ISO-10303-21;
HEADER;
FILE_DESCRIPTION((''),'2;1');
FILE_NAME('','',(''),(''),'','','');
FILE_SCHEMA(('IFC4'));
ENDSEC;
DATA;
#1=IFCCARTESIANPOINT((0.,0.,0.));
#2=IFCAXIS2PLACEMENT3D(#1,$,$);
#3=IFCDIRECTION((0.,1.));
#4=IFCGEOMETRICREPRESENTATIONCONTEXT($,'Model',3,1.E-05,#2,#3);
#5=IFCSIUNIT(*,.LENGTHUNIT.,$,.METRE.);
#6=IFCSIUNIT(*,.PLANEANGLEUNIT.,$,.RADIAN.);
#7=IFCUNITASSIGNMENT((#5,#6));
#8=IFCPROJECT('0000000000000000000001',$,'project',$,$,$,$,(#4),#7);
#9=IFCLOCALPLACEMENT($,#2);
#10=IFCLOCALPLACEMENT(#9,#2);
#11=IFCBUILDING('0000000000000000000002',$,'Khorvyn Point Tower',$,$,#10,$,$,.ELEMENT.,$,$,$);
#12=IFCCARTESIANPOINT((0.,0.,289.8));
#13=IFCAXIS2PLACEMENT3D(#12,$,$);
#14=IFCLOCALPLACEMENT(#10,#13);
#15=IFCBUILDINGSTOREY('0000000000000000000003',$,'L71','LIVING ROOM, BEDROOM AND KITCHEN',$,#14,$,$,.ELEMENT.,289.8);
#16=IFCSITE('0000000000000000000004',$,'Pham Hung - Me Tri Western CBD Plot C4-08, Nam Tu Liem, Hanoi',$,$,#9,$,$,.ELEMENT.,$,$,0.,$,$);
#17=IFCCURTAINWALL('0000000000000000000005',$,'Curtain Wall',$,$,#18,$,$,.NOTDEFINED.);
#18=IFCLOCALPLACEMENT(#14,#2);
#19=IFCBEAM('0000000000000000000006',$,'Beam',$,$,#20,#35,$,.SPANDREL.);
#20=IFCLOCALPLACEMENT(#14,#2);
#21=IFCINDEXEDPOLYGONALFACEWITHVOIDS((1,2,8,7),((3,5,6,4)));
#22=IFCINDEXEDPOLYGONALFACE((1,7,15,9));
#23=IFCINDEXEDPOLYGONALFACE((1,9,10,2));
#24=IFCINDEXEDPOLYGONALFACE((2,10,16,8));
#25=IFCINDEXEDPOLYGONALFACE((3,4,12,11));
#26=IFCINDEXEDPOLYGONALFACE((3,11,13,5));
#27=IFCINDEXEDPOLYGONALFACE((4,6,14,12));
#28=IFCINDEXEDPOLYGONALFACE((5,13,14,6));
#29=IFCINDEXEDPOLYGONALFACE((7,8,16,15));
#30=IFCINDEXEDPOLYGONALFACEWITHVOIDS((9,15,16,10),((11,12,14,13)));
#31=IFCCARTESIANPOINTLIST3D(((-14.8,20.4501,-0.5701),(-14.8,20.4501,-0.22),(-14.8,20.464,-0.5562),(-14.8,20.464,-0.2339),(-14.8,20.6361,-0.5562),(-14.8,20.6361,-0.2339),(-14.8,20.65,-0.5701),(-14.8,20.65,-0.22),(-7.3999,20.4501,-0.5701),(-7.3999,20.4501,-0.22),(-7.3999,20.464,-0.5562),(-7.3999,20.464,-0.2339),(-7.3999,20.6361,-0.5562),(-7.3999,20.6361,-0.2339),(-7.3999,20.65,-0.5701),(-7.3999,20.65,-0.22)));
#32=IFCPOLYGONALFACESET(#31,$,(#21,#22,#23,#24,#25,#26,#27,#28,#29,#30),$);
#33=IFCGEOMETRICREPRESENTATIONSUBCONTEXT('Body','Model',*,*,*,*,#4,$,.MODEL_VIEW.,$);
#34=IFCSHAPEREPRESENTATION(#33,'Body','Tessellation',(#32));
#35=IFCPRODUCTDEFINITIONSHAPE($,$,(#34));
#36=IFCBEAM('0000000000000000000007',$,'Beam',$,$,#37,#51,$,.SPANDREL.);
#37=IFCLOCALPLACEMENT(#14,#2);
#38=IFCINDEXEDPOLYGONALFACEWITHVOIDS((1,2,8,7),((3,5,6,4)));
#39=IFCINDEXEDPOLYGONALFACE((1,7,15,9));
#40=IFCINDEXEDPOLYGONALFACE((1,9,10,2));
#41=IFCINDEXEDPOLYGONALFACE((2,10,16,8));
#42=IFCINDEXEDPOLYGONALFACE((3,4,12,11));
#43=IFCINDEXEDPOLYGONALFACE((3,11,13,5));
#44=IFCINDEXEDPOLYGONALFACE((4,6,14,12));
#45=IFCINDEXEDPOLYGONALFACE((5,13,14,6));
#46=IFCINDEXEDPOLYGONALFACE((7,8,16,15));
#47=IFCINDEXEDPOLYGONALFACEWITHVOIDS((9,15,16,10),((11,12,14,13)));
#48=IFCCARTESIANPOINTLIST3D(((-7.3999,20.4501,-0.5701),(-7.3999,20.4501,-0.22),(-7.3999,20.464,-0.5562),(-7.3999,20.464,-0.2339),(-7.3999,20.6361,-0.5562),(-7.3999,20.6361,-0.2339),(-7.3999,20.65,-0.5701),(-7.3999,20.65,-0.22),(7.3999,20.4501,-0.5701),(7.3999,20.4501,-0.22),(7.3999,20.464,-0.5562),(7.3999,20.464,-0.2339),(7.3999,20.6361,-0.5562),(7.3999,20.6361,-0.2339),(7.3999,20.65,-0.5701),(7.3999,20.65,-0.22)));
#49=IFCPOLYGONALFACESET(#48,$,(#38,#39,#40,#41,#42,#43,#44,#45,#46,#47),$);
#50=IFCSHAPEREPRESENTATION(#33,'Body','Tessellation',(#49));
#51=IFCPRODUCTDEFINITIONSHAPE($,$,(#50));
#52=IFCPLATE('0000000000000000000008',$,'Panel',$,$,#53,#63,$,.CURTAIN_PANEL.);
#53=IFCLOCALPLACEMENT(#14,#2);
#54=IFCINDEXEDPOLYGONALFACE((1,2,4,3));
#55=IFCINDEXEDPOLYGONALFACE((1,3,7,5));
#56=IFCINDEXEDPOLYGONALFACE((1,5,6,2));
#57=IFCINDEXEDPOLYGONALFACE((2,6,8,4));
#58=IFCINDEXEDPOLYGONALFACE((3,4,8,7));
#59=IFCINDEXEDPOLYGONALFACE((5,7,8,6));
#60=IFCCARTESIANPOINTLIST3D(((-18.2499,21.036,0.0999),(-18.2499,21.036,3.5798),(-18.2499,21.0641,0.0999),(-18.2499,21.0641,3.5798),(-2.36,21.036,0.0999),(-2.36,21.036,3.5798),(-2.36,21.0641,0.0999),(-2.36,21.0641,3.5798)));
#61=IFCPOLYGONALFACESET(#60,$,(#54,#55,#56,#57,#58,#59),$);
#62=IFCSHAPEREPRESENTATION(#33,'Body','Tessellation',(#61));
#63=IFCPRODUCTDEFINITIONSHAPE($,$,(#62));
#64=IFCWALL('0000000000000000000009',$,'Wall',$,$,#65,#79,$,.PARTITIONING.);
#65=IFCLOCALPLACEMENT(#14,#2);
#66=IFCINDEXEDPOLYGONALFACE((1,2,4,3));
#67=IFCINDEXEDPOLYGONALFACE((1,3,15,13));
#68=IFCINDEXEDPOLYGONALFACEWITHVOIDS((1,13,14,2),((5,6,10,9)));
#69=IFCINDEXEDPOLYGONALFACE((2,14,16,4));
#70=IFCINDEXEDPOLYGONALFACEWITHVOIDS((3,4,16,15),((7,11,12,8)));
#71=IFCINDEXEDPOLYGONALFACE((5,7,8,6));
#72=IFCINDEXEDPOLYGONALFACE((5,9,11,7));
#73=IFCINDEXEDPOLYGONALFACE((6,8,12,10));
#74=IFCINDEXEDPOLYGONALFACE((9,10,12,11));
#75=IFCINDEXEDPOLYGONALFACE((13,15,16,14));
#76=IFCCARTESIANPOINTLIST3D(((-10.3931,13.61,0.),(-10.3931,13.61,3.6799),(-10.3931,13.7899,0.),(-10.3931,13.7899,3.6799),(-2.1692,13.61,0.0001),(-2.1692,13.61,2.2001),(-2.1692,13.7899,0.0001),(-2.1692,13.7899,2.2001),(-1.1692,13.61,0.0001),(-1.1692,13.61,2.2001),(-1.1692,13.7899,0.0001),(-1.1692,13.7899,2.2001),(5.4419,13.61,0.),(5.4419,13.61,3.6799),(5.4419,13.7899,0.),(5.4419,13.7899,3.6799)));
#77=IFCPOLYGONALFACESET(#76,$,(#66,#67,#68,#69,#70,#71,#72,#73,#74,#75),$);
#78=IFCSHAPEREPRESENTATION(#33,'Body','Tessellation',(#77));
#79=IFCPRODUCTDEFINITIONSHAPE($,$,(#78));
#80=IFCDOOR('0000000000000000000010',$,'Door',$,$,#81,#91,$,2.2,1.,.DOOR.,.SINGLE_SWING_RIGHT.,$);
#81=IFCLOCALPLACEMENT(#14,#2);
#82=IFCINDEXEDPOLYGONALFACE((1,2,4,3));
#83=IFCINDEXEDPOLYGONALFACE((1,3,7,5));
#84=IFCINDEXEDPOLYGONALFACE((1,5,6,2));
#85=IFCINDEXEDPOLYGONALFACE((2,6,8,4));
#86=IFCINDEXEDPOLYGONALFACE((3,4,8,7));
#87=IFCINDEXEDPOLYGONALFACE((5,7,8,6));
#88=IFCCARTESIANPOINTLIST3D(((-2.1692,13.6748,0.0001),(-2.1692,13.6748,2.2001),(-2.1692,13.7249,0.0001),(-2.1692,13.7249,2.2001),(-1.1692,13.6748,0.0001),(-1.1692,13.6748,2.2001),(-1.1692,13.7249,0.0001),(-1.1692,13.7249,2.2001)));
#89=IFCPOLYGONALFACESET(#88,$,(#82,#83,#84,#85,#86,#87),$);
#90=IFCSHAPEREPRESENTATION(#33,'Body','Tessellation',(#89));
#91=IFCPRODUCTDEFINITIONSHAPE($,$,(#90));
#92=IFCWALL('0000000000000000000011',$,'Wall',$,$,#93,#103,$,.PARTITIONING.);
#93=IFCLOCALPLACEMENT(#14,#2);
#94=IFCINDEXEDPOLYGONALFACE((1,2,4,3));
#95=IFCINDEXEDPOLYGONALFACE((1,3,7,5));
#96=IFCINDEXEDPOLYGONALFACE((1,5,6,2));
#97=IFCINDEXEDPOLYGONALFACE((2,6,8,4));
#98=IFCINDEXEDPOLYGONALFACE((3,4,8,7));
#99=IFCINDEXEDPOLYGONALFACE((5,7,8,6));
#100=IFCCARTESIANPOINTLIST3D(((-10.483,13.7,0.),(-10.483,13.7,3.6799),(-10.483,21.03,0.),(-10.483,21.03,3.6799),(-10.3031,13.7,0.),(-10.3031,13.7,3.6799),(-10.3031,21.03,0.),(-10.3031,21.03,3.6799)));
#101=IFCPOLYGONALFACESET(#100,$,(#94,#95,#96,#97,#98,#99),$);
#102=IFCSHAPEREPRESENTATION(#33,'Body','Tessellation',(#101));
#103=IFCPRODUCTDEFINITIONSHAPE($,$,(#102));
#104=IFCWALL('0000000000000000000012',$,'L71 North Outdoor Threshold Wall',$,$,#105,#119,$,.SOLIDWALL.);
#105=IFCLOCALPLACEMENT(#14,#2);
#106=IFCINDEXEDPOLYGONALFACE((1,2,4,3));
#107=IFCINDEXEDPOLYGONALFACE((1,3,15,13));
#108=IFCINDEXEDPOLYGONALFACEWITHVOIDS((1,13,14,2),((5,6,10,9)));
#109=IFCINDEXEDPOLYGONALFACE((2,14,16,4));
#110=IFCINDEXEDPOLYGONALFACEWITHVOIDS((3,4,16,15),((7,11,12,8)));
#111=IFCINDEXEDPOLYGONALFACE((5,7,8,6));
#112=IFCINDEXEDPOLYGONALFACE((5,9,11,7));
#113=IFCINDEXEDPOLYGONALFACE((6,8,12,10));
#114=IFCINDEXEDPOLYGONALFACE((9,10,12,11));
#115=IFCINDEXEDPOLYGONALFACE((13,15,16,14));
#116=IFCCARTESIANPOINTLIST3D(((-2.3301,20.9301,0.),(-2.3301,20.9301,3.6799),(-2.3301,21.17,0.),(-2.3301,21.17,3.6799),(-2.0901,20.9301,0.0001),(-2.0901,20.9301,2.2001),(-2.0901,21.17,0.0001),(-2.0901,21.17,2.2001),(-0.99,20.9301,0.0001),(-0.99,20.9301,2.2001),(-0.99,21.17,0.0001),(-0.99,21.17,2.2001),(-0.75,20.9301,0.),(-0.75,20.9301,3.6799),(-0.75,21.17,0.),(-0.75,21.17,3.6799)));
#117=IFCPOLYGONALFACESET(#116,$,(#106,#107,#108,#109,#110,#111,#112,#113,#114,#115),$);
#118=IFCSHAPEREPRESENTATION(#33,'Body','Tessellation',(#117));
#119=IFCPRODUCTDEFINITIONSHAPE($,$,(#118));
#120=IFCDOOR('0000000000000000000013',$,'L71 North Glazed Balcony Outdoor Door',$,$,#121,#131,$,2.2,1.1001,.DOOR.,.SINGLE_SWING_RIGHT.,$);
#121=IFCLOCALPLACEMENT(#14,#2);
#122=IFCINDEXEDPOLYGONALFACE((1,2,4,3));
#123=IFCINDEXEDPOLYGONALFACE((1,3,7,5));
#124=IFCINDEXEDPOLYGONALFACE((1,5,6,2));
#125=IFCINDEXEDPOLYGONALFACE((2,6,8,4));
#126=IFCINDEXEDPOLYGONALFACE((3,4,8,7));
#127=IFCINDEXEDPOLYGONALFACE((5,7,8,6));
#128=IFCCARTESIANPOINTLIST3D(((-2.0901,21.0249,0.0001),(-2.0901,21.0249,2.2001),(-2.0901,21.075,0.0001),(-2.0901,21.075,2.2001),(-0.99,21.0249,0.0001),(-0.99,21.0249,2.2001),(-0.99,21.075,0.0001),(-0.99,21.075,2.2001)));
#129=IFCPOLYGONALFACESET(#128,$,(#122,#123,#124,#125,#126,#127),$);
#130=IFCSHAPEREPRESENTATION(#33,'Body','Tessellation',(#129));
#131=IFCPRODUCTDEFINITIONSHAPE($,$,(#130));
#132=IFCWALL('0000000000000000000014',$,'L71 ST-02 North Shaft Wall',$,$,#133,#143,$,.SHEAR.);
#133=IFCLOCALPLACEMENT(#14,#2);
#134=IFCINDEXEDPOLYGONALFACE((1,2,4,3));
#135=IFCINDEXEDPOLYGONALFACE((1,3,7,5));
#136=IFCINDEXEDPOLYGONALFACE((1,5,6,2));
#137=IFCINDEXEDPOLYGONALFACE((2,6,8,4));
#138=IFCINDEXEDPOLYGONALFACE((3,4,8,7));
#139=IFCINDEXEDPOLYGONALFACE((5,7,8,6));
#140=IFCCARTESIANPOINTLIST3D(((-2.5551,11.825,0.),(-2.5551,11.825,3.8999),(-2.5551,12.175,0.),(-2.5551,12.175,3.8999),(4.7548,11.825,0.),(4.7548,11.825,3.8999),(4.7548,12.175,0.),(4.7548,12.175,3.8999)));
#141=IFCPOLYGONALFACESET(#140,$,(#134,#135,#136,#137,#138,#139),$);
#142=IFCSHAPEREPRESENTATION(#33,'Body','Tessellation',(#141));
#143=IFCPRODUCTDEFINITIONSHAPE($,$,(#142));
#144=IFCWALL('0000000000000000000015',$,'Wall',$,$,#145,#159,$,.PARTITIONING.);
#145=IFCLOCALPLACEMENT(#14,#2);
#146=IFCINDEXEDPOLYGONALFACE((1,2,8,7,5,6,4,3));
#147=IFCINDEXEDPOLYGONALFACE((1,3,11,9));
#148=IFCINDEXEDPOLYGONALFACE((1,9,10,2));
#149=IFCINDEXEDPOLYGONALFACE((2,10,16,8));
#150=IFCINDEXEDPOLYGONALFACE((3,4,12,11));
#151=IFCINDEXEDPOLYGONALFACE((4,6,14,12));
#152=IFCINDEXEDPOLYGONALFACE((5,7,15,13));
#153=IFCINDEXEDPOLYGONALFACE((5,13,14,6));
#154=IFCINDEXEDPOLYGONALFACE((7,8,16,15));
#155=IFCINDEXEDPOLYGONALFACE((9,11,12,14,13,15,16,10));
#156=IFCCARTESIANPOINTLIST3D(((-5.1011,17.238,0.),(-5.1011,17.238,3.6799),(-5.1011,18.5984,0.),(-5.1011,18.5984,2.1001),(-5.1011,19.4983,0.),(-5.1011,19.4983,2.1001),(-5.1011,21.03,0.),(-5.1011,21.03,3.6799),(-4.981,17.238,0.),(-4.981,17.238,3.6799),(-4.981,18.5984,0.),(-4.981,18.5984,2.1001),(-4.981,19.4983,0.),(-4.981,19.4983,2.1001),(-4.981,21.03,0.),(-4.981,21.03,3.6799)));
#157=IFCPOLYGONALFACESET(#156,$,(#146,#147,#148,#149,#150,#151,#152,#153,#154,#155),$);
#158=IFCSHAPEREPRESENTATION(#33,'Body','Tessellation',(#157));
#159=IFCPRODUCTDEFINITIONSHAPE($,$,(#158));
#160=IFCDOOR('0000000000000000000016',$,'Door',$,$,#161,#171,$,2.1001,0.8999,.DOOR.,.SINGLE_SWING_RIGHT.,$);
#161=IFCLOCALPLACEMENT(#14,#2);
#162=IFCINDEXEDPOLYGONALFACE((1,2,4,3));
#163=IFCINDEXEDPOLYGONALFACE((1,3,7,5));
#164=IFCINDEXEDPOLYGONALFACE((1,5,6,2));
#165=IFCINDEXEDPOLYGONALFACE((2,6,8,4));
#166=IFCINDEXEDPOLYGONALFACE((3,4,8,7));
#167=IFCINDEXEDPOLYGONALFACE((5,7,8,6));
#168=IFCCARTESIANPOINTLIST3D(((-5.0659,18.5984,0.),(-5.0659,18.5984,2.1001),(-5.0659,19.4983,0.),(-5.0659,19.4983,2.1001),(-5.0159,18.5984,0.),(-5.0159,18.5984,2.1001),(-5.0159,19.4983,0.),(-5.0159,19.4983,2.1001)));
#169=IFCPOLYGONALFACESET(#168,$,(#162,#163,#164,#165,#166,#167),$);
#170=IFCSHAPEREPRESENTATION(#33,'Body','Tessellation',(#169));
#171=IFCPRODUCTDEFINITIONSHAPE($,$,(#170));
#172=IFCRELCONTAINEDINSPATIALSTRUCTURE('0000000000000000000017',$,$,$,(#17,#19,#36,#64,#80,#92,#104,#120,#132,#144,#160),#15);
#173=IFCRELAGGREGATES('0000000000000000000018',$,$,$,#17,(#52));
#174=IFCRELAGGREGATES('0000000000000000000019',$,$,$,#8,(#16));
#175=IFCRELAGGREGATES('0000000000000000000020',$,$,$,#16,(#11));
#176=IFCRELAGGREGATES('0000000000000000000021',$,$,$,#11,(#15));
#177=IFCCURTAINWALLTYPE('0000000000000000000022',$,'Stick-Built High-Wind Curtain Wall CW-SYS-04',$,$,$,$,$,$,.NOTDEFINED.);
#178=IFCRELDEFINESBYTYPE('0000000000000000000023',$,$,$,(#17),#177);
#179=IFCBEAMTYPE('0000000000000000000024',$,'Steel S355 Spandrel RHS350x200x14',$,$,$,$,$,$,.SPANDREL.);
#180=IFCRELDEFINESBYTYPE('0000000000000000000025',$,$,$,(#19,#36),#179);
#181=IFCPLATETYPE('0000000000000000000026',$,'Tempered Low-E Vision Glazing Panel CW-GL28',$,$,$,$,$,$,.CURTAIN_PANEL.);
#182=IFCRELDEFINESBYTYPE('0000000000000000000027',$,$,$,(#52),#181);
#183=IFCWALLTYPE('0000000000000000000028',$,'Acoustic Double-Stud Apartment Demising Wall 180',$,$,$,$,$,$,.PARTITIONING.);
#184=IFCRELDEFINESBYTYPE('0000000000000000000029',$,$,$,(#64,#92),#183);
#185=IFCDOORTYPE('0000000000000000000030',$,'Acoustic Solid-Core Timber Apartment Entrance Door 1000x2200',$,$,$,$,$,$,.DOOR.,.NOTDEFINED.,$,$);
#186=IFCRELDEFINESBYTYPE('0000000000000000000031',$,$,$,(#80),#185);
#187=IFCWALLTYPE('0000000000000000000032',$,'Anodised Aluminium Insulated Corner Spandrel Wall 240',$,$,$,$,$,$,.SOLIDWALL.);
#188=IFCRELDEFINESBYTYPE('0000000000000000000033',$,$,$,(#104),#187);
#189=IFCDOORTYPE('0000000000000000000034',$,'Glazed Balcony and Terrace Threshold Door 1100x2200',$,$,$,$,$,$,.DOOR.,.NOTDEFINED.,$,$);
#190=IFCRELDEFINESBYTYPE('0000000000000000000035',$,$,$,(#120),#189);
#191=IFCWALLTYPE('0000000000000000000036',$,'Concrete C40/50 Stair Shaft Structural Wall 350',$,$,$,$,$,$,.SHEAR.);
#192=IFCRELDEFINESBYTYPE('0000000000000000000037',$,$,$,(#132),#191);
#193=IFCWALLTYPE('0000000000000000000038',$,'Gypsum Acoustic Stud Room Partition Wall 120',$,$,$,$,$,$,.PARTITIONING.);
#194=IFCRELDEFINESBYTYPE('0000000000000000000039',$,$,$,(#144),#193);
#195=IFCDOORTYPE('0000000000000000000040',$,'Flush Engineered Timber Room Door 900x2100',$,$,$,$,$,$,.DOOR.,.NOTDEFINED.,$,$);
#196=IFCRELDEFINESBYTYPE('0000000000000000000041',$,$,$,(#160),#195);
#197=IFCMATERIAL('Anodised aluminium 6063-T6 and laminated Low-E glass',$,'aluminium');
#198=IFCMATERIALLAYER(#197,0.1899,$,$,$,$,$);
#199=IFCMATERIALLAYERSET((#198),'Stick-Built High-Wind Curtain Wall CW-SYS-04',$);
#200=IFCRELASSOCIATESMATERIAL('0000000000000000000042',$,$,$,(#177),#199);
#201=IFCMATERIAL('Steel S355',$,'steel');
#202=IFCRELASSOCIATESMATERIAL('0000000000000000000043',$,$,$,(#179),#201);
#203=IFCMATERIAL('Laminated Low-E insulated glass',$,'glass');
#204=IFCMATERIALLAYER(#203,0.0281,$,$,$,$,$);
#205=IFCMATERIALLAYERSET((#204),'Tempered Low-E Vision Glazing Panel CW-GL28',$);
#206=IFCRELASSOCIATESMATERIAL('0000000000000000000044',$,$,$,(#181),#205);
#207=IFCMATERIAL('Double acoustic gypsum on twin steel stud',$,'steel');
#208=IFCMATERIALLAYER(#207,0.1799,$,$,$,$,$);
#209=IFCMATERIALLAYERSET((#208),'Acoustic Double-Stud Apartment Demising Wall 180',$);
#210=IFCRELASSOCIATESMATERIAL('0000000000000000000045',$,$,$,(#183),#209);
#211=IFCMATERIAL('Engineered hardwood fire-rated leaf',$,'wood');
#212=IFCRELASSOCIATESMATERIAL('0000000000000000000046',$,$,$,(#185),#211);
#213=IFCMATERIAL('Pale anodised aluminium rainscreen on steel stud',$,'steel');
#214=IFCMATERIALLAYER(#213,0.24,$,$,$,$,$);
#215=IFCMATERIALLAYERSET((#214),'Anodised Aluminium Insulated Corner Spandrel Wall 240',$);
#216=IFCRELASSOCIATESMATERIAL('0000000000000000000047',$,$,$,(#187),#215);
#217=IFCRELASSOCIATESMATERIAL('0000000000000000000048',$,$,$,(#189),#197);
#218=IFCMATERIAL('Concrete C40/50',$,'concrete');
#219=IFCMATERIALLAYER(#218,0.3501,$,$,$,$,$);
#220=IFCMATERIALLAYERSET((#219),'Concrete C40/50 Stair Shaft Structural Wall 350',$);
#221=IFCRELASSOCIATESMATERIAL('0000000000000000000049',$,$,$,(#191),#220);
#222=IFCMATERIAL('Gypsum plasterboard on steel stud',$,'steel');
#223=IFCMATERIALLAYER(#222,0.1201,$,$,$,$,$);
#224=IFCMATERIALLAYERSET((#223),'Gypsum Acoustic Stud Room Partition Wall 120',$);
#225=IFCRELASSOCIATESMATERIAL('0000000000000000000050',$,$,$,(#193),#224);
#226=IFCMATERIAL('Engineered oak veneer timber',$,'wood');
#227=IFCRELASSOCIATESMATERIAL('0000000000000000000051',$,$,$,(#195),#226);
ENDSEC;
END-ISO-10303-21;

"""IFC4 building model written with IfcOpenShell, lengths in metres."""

from ifc_helpers import new_model, si_unit, direction, frame, frame_2d, origin, origin_2d, place, context, subcontext, project, spatial, rectangle, hollow_rectangle, extrude, material, layer, layer_set, material_profile, profile_set, type_object, element, fill, aggregate, save


model = new_model("IFC4")

# Units and contexts
model_context = context("Model", 3, precision=1e-05, world=origin(), true_north=direction((0.0, 1.0)))
body_context = subcontext(model_context, "Body", "Model", "MODEL_VIEW")
ifc_project = project(units=[si_unit("LENGTHUNIT", "METRE"), si_unit("PLANEANGLEUNIT", "RADIAN")], contexts=[model_context])

# Site, building, storey
site_placement = place(None, origin())
site = spatial("IfcSite", under=ifc_project, at=site_placement, Name="Pham Hung - Me Tri Western CBD Plot C4-08, Nam Tu Liem, Hanoi", CompositionType="ELEMENT", RefElevation=0.0)
building_placement = place(site_placement, origin())
building = spatial("IfcBuilding", under=site, at=building_placement, Name="Khorvyn Point Tower", CompositionType="ELEMENT")
storey_placement = place(building_placement, frame((0.0, 0.0, 289.8)))
storey = spatial("IfcBuildingStorey", under=building, at=storey_placement, Name="L71", Description="LIVING ROOM, BEDROOM AND KITCHEN", CompositionType="ELEMENT", Elevation=289.8)

# Shared definitions
ifc_material_1 = material(Name="Concrete C40/50", Category="concrete")
ifc_material_2 = material(Name="Steel S355", Category="steel")

# Curtain wall
ifc_material_3 = material(Name="Anodised aluminium 6063-T6 and laminated Low-E glass", Category="aluminium")
ifc_layer_1 = layer(ifc_material_3, 0.1899)
ifc_layer_set_1 = layer_set([ifc_layer_1], Name="Stick-Built High-Wind Curtain Wall CW-SYS-04")
curtain_wall_type = type_object("IfcCurtainWallType", Name="Stick-Built High-Wind Curtain Wall CW-SYS-04", PredefinedType="NOTDEFINED", material=ifc_layer_set_1)
curtain_wall_placement = place(storey_placement, origin())
curtain_wall = element("IfcCurtainWall", 1, at=curtain_wall_placement, inside=storey, type_object=curtain_wall_type, Name="Curtain Wall", PredefinedType="NOTDEFINED")

# Beams
ifc_material_profile_1 = material_profile(ifc_material_2, hollow_rectangle(XDim=0.2, YDim=0.3501, WallThickness=0.0139, at=origin_2d()))
ifc_profile_set_1 = profile_set([ifc_material_profile_1], Name="Steel S355 RHS350x200x14")
beam_type_1 = type_object("IfcBeamType", Name="Steel S355 Spandrel RHS350x200x14", PredefinedType="SPANDREL", material=ifc_profile_set_1)
beam_1_placement = place(storey_placement, frame((-14.8, 20.55, -0.395), z_axis=(1.0, 0.0, 0.0), x_axis=(0.0, 1.0, 0.0)))
element("IfcBeam", 2, at=beam_1_placement, inside=storey, type_object=beam_type_1, Name="Beam", PredefinedType="SPANDREL", context=body_context, shape_type="SweptSolid", body=[
    extrude(hollow_rectangle(XDim=0.2, YDim=0.3501, WallThickness=0.0139, at=origin_2d()), origin(), (0.0, 0.0, 1.0), 7.4001),
])
beam_2_placement = place(storey_placement, frame((-7.3999, 20.55, -0.395), z_axis=(1.0, 0.0, 0.0), x_axis=(0.0, 1.0, 0.0)))
element("IfcBeam", 3, at=beam_2_placement, inside=storey, type_object=beam_type_1, Name="Beam", PredefinedType="SPANDREL", context=body_context, shape_type="SweptSolid", body=[
    extrude(hollow_rectangle(XDim=0.2, YDim=0.3501, WallThickness=0.0139, at=origin_2d()), origin(), (0.0, 0.0, 1.0), 14.7998),
])

# Plate
ifc_material_4 = material(Name="Laminated Low-E insulated glass", Category="glass")
ifc_layer_2 = layer(ifc_material_4, 0.0281)
ifc_layer_set_2 = layer_set([ifc_layer_2], Name="Tempered Low-E Vision Glazing Panel CW-GL28")
plate_type = type_object("IfcPlateType", Name="Tempered Low-E Vision Glazing Panel CW-GL28", PredefinedType="CURTAIN_PANEL", material=ifc_layer_set_2)
plate_placement = place(storey_placement, frame((-10.3049, 21.05, 0.0999), z_axis=(0.0, 0.0, 1.0), x_axis=(1.0, 0.0, 0.0)))
plate = element("IfcPlate", 4, at=plate_placement, type_object=plate_type, Name="Panel", PredefinedType="CURTAIN_PANEL", context=body_context, shape_type="SweptSolid", body=[
    extrude(rectangle(XDim=15.8899, YDim=0.0281, at=origin_2d()), origin(), (0.0, 0.0, 1.0), 3.48),
])
aggregate(curtain_wall, [plate])

# Wall, opening, door
ifc_material_5 = material(Name="Double acoustic gypsum on twin steel stud", Category="steel")
ifc_layer_3 = layer(ifc_material_5, 0.1799)
ifc_layer_set_3 = layer_set([ifc_layer_3], Name="Acoustic Double-Stud Apartment Demising Wall 180")
wall_type_1 = type_object("IfcWallType", Name="Acoustic Double-Stud Apartment Demising Wall 180", PredefinedType="PARTITIONING", material=ifc_layer_set_3)
wall_1_placement = place(storey_placement, frame((-10.3931, 13.7, 0.0), z_axis=(0.0, 0.0, 1.0), x_axis=(1.0, 0.0, 0.0)))
wall_1 = element("IfcWall", 5, at=wall_1_placement, inside=storey, type_object=wall_type_1, Name="Wall", PredefinedType="PARTITIONING", context=body_context, shape_type="SweptSolid", body=[
    extrude(rectangle(XDim=15.835, YDim=0.1799, at=frame_2d((7.9175, 0.0))), origin(), (0.0, 0.0, 1.0), 3.6799),
])
opening_1_placement = place(wall_1_placement, frame((8.2239, 0.0, 0.0)))
opening_1 = element("IfcOpeningElement", 6, at=opening_1_placement, cuts=wall_1, PredefinedType="OPENING", context=body_context, shape_type="SweptSolid", body=[
    extrude(rectangle(XDim=1.0, YDim=2.2, at=frame_2d((0.5, 1.1001))), frame((0.0, 0.0999, 0.0), z_axis=(0.0, -1.0, 0.0), x_axis=(1.0, 0.0, 0.0)), (0.0, 0.0, 1.0), 0.2),
])
ifc_material_6 = material(Name="Engineered hardwood fire-rated leaf", Category="wood")
door_type_1 = type_object("IfcDoorType", Name="Acoustic Solid-Core Timber Apartment Entrance Door 1000x2200", OperationType="NOTDEFINED", PredefinedType="DOOR", material=ifc_material_6)
door_1_placement = place(opening_1_placement, origin())
door_1 = element("IfcDoor", 7, at=door_1_placement, inside=storey, type_object=door_type_1, Name="Door", OperationType="SINGLE_SWING_RIGHT", OverallHeight=2.2, OverallWidth=1.0, PredefinedType="DOOR", context=body_context, shape_type="SweptSolid", body=[
    extrude(rectangle(XDim=1.0, YDim=2.2, at=frame_2d((0.5, 1.1001))), frame((0.0, 0.0249, 0.0), z_axis=(0.0, -1.0, 0.0), x_axis=(1.0, 0.0, 0.0)), (0.0, 0.0, 1.0), 0.05),
])
fill(opening_1, door_1)

# Wall
wall_2_placement = place(storey_placement, frame((-10.3931, 13.7, 0.0), z_axis=(0.0, 0.0, 1.0), x_axis=(0.0, 1.0, 0.0)))
element("IfcWall", 8, at=wall_2_placement, inside=storey, type_object=wall_type_1, Name="Wall", PredefinedType="PARTITIONING", context=body_context, shape_type="SweptSolid", body=[
    extrude(rectangle(XDim=7.3301, YDim=0.1799, at=frame_2d((3.665, 0.0))), origin(), (0.0, 0.0, 1.0), 3.6799),
])

# Wall, opening, door
ifc_material_7 = material(Name="Pale anodised aluminium rainscreen on steel stud", Category="steel")
ifc_layer_4 = layer(ifc_material_7, 0.24)
ifc_layer_set_4 = layer_set([ifc_layer_4], Name="Anodised Aluminium Insulated Corner Spandrel Wall 240")
wall_type_2 = type_object("IfcWallType", Name="Anodised Aluminium Insulated Corner Spandrel Wall 240", PredefinedType="SOLIDWALL", material=ifc_layer_set_4)
wall_3_placement = place(storey_placement, frame((-2.3301, 21.05, 0.0), z_axis=(0.0, 0.0, 1.0), x_axis=(1.0, 0.0, 0.0)))
wall_3 = element("IfcWall", 9, at=wall_3_placement, inside=storey, type_object=wall_type_2, Name="L71 North Outdoor Threshold Wall", PredefinedType="SOLIDWALL", context=body_context, shape_type="SweptSolid", body=[
    extrude(rectangle(XDim=1.5801, YDim=0.24, at=frame_2d((0.79, 0.0))), origin(), (0.0, 0.0, 1.0), 3.6799),
])
opening_2_placement = place(wall_3_placement, frame((0.24, 0.0, 0.0)))
opening_2 = element("IfcOpeningElement", 10, at=opening_2_placement, cuts=wall_3, PredefinedType="OPENING", context=body_context, shape_type="SweptSolid", body=[
    extrude(rectangle(XDim=1.1001, YDim=2.2, at=frame_2d((0.55, 1.1001))), frame((0.0, 0.1299, 0.0), z_axis=(0.0, -1.0, 0.0), x_axis=(1.0, 0.0, 0.0)), (0.0, 0.0, 1.0), 0.26),
])
door_type_2 = type_object("IfcDoorType", Name="Glazed Balcony and Terrace Threshold Door 1100x2200", OperationType="NOTDEFINED", PredefinedType="DOOR", material=ifc_material_3)
door_2_placement = place(opening_2_placement, origin())
door_2 = element("IfcDoor", 11, at=door_2_placement, inside=storey, type_object=door_type_2, Name="L71 North Glazed Balcony Outdoor Door", OperationType="SINGLE_SWING_RIGHT", OverallHeight=2.2, OverallWidth=1.1001, PredefinedType="DOOR", context=body_context, shape_type="SweptSolid", body=[
    extrude(rectangle(XDim=1.1001, YDim=2.2, at=frame_2d((0.55, 1.1001))), frame((0.0, 0.0249, 0.0), z_axis=(0.0, -1.0, 0.0), x_axis=(1.0, 0.0, 0.0)), (0.0, 0.0, 1.0), 0.05),
])
fill(opening_2, door_2)

# Wall
ifc_layer_5 = layer(ifc_material_1, 0.3501)
ifc_layer_set_5 = layer_set([ifc_layer_5], Name="Concrete C40/50 Stair Shaft Structural Wall 350")
wall_type_3 = type_object("IfcWallType", Name="Concrete C40/50 Stair Shaft Structural Wall 350", PredefinedType="SHEAR", material=ifc_layer_set_5)
wall_4_placement = place(storey_placement, frame((-2.5549, 12.0, 0.0), z_axis=(0.0, 0.0, 1.0), x_axis=(1.0, 0.0, 0.0)))
element("IfcWall", 12, at=wall_4_placement, inside=storey, type_object=wall_type_3, Name="L71 ST-02 North Shaft Wall", PredefinedType="SHEAR", context=body_context, shape_type="SweptSolid", body=[
    extrude(rectangle(XDim=7.3098, YDim=0.3501, at=frame_2d((3.6548, 0.0))), origin(), (0.0, 0.0, 1.0), 3.8999),
])

# Wall, opening, door
ifc_material_8 = material(Name="Gypsum plasterboard on steel stud", Category="steel")
ifc_layer_6 = layer(ifc_material_8, 0.1201)
ifc_layer_set_6 = layer_set([ifc_layer_6], Name="Gypsum Acoustic Stud Room Partition Wall 120")
wall_type_4 = type_object("IfcWallType", Name="Gypsum Acoustic Stud Room Partition Wall 120", PredefinedType="PARTITIONING", material=ifc_layer_set_6)
wall_5_placement = place(storey_placement, frame((-5.041, 17.238, 0.0), z_axis=(0.0, 0.0, 1.0), x_axis=(0.0, 1.0, 0.0)))
wall_5 = element("IfcWall", 13, at=wall_5_placement, inside=storey, type_object=wall_type_4, Name="Wall", PredefinedType="PARTITIONING", context=body_context, shape_type="SweptSolid", body=[
    extrude(rectangle(XDim=3.792, YDim=0.1201, at=frame_2d((1.896, 0.0))), origin(), (0.0, 0.0, 1.0), 3.6799),
])
opening_3_placement = place(wall_5_placement, frame((1.3604, 0.0, 0.0)))
opening_3 = element("IfcOpeningElement", 14, at=opening_3_placement, cuts=wall_5, PredefinedType="OPENING", context=body_context, shape_type="SweptSolid", body=[
    extrude(rectangle(XDim=0.8999, YDim=2.1001, at=frame_2d((0.45, 1.05))), frame((0.0, 0.0701, 0.0), z_axis=(0.0, -1.0, 0.0), x_axis=(1.0, 0.0, 0.0)), (0.0, 0.0, 1.0), 0.1401),
])
ifc_material_9 = material(Name="Engineered oak veneer timber", Category="wood")
door_type_3 = type_object("IfcDoorType", Name="Flush Engineered Timber Room Door 900x2100", OperationType="NOTDEFINED", PredefinedType="DOOR", material=ifc_material_9)
door_3_placement = place(opening_3_placement, origin())
door_3 = element("IfcDoor", 15, at=door_3_placement, inside=storey, type_object=door_type_3, Name="Door", OperationType="SINGLE_SWING_RIGHT", OverallHeight=2.1001, OverallWidth=0.8999, PredefinedType="DOOR", context=body_context, shape_type="SweptSolid", body=[
    extrude(rectangle(XDim=0.8999, YDim=2.1001, at=frame_2d((0.45, 1.05))), frame((0.0, 0.0249, 0.0), z_axis=(0.0, -1.0, 0.0), x_axis=(1.0, 0.0, 0.0)), (0.0, 0.0, 1.0), 0.05),
])
fill(opening_3, door_3)

save(model, "model.ifc")
